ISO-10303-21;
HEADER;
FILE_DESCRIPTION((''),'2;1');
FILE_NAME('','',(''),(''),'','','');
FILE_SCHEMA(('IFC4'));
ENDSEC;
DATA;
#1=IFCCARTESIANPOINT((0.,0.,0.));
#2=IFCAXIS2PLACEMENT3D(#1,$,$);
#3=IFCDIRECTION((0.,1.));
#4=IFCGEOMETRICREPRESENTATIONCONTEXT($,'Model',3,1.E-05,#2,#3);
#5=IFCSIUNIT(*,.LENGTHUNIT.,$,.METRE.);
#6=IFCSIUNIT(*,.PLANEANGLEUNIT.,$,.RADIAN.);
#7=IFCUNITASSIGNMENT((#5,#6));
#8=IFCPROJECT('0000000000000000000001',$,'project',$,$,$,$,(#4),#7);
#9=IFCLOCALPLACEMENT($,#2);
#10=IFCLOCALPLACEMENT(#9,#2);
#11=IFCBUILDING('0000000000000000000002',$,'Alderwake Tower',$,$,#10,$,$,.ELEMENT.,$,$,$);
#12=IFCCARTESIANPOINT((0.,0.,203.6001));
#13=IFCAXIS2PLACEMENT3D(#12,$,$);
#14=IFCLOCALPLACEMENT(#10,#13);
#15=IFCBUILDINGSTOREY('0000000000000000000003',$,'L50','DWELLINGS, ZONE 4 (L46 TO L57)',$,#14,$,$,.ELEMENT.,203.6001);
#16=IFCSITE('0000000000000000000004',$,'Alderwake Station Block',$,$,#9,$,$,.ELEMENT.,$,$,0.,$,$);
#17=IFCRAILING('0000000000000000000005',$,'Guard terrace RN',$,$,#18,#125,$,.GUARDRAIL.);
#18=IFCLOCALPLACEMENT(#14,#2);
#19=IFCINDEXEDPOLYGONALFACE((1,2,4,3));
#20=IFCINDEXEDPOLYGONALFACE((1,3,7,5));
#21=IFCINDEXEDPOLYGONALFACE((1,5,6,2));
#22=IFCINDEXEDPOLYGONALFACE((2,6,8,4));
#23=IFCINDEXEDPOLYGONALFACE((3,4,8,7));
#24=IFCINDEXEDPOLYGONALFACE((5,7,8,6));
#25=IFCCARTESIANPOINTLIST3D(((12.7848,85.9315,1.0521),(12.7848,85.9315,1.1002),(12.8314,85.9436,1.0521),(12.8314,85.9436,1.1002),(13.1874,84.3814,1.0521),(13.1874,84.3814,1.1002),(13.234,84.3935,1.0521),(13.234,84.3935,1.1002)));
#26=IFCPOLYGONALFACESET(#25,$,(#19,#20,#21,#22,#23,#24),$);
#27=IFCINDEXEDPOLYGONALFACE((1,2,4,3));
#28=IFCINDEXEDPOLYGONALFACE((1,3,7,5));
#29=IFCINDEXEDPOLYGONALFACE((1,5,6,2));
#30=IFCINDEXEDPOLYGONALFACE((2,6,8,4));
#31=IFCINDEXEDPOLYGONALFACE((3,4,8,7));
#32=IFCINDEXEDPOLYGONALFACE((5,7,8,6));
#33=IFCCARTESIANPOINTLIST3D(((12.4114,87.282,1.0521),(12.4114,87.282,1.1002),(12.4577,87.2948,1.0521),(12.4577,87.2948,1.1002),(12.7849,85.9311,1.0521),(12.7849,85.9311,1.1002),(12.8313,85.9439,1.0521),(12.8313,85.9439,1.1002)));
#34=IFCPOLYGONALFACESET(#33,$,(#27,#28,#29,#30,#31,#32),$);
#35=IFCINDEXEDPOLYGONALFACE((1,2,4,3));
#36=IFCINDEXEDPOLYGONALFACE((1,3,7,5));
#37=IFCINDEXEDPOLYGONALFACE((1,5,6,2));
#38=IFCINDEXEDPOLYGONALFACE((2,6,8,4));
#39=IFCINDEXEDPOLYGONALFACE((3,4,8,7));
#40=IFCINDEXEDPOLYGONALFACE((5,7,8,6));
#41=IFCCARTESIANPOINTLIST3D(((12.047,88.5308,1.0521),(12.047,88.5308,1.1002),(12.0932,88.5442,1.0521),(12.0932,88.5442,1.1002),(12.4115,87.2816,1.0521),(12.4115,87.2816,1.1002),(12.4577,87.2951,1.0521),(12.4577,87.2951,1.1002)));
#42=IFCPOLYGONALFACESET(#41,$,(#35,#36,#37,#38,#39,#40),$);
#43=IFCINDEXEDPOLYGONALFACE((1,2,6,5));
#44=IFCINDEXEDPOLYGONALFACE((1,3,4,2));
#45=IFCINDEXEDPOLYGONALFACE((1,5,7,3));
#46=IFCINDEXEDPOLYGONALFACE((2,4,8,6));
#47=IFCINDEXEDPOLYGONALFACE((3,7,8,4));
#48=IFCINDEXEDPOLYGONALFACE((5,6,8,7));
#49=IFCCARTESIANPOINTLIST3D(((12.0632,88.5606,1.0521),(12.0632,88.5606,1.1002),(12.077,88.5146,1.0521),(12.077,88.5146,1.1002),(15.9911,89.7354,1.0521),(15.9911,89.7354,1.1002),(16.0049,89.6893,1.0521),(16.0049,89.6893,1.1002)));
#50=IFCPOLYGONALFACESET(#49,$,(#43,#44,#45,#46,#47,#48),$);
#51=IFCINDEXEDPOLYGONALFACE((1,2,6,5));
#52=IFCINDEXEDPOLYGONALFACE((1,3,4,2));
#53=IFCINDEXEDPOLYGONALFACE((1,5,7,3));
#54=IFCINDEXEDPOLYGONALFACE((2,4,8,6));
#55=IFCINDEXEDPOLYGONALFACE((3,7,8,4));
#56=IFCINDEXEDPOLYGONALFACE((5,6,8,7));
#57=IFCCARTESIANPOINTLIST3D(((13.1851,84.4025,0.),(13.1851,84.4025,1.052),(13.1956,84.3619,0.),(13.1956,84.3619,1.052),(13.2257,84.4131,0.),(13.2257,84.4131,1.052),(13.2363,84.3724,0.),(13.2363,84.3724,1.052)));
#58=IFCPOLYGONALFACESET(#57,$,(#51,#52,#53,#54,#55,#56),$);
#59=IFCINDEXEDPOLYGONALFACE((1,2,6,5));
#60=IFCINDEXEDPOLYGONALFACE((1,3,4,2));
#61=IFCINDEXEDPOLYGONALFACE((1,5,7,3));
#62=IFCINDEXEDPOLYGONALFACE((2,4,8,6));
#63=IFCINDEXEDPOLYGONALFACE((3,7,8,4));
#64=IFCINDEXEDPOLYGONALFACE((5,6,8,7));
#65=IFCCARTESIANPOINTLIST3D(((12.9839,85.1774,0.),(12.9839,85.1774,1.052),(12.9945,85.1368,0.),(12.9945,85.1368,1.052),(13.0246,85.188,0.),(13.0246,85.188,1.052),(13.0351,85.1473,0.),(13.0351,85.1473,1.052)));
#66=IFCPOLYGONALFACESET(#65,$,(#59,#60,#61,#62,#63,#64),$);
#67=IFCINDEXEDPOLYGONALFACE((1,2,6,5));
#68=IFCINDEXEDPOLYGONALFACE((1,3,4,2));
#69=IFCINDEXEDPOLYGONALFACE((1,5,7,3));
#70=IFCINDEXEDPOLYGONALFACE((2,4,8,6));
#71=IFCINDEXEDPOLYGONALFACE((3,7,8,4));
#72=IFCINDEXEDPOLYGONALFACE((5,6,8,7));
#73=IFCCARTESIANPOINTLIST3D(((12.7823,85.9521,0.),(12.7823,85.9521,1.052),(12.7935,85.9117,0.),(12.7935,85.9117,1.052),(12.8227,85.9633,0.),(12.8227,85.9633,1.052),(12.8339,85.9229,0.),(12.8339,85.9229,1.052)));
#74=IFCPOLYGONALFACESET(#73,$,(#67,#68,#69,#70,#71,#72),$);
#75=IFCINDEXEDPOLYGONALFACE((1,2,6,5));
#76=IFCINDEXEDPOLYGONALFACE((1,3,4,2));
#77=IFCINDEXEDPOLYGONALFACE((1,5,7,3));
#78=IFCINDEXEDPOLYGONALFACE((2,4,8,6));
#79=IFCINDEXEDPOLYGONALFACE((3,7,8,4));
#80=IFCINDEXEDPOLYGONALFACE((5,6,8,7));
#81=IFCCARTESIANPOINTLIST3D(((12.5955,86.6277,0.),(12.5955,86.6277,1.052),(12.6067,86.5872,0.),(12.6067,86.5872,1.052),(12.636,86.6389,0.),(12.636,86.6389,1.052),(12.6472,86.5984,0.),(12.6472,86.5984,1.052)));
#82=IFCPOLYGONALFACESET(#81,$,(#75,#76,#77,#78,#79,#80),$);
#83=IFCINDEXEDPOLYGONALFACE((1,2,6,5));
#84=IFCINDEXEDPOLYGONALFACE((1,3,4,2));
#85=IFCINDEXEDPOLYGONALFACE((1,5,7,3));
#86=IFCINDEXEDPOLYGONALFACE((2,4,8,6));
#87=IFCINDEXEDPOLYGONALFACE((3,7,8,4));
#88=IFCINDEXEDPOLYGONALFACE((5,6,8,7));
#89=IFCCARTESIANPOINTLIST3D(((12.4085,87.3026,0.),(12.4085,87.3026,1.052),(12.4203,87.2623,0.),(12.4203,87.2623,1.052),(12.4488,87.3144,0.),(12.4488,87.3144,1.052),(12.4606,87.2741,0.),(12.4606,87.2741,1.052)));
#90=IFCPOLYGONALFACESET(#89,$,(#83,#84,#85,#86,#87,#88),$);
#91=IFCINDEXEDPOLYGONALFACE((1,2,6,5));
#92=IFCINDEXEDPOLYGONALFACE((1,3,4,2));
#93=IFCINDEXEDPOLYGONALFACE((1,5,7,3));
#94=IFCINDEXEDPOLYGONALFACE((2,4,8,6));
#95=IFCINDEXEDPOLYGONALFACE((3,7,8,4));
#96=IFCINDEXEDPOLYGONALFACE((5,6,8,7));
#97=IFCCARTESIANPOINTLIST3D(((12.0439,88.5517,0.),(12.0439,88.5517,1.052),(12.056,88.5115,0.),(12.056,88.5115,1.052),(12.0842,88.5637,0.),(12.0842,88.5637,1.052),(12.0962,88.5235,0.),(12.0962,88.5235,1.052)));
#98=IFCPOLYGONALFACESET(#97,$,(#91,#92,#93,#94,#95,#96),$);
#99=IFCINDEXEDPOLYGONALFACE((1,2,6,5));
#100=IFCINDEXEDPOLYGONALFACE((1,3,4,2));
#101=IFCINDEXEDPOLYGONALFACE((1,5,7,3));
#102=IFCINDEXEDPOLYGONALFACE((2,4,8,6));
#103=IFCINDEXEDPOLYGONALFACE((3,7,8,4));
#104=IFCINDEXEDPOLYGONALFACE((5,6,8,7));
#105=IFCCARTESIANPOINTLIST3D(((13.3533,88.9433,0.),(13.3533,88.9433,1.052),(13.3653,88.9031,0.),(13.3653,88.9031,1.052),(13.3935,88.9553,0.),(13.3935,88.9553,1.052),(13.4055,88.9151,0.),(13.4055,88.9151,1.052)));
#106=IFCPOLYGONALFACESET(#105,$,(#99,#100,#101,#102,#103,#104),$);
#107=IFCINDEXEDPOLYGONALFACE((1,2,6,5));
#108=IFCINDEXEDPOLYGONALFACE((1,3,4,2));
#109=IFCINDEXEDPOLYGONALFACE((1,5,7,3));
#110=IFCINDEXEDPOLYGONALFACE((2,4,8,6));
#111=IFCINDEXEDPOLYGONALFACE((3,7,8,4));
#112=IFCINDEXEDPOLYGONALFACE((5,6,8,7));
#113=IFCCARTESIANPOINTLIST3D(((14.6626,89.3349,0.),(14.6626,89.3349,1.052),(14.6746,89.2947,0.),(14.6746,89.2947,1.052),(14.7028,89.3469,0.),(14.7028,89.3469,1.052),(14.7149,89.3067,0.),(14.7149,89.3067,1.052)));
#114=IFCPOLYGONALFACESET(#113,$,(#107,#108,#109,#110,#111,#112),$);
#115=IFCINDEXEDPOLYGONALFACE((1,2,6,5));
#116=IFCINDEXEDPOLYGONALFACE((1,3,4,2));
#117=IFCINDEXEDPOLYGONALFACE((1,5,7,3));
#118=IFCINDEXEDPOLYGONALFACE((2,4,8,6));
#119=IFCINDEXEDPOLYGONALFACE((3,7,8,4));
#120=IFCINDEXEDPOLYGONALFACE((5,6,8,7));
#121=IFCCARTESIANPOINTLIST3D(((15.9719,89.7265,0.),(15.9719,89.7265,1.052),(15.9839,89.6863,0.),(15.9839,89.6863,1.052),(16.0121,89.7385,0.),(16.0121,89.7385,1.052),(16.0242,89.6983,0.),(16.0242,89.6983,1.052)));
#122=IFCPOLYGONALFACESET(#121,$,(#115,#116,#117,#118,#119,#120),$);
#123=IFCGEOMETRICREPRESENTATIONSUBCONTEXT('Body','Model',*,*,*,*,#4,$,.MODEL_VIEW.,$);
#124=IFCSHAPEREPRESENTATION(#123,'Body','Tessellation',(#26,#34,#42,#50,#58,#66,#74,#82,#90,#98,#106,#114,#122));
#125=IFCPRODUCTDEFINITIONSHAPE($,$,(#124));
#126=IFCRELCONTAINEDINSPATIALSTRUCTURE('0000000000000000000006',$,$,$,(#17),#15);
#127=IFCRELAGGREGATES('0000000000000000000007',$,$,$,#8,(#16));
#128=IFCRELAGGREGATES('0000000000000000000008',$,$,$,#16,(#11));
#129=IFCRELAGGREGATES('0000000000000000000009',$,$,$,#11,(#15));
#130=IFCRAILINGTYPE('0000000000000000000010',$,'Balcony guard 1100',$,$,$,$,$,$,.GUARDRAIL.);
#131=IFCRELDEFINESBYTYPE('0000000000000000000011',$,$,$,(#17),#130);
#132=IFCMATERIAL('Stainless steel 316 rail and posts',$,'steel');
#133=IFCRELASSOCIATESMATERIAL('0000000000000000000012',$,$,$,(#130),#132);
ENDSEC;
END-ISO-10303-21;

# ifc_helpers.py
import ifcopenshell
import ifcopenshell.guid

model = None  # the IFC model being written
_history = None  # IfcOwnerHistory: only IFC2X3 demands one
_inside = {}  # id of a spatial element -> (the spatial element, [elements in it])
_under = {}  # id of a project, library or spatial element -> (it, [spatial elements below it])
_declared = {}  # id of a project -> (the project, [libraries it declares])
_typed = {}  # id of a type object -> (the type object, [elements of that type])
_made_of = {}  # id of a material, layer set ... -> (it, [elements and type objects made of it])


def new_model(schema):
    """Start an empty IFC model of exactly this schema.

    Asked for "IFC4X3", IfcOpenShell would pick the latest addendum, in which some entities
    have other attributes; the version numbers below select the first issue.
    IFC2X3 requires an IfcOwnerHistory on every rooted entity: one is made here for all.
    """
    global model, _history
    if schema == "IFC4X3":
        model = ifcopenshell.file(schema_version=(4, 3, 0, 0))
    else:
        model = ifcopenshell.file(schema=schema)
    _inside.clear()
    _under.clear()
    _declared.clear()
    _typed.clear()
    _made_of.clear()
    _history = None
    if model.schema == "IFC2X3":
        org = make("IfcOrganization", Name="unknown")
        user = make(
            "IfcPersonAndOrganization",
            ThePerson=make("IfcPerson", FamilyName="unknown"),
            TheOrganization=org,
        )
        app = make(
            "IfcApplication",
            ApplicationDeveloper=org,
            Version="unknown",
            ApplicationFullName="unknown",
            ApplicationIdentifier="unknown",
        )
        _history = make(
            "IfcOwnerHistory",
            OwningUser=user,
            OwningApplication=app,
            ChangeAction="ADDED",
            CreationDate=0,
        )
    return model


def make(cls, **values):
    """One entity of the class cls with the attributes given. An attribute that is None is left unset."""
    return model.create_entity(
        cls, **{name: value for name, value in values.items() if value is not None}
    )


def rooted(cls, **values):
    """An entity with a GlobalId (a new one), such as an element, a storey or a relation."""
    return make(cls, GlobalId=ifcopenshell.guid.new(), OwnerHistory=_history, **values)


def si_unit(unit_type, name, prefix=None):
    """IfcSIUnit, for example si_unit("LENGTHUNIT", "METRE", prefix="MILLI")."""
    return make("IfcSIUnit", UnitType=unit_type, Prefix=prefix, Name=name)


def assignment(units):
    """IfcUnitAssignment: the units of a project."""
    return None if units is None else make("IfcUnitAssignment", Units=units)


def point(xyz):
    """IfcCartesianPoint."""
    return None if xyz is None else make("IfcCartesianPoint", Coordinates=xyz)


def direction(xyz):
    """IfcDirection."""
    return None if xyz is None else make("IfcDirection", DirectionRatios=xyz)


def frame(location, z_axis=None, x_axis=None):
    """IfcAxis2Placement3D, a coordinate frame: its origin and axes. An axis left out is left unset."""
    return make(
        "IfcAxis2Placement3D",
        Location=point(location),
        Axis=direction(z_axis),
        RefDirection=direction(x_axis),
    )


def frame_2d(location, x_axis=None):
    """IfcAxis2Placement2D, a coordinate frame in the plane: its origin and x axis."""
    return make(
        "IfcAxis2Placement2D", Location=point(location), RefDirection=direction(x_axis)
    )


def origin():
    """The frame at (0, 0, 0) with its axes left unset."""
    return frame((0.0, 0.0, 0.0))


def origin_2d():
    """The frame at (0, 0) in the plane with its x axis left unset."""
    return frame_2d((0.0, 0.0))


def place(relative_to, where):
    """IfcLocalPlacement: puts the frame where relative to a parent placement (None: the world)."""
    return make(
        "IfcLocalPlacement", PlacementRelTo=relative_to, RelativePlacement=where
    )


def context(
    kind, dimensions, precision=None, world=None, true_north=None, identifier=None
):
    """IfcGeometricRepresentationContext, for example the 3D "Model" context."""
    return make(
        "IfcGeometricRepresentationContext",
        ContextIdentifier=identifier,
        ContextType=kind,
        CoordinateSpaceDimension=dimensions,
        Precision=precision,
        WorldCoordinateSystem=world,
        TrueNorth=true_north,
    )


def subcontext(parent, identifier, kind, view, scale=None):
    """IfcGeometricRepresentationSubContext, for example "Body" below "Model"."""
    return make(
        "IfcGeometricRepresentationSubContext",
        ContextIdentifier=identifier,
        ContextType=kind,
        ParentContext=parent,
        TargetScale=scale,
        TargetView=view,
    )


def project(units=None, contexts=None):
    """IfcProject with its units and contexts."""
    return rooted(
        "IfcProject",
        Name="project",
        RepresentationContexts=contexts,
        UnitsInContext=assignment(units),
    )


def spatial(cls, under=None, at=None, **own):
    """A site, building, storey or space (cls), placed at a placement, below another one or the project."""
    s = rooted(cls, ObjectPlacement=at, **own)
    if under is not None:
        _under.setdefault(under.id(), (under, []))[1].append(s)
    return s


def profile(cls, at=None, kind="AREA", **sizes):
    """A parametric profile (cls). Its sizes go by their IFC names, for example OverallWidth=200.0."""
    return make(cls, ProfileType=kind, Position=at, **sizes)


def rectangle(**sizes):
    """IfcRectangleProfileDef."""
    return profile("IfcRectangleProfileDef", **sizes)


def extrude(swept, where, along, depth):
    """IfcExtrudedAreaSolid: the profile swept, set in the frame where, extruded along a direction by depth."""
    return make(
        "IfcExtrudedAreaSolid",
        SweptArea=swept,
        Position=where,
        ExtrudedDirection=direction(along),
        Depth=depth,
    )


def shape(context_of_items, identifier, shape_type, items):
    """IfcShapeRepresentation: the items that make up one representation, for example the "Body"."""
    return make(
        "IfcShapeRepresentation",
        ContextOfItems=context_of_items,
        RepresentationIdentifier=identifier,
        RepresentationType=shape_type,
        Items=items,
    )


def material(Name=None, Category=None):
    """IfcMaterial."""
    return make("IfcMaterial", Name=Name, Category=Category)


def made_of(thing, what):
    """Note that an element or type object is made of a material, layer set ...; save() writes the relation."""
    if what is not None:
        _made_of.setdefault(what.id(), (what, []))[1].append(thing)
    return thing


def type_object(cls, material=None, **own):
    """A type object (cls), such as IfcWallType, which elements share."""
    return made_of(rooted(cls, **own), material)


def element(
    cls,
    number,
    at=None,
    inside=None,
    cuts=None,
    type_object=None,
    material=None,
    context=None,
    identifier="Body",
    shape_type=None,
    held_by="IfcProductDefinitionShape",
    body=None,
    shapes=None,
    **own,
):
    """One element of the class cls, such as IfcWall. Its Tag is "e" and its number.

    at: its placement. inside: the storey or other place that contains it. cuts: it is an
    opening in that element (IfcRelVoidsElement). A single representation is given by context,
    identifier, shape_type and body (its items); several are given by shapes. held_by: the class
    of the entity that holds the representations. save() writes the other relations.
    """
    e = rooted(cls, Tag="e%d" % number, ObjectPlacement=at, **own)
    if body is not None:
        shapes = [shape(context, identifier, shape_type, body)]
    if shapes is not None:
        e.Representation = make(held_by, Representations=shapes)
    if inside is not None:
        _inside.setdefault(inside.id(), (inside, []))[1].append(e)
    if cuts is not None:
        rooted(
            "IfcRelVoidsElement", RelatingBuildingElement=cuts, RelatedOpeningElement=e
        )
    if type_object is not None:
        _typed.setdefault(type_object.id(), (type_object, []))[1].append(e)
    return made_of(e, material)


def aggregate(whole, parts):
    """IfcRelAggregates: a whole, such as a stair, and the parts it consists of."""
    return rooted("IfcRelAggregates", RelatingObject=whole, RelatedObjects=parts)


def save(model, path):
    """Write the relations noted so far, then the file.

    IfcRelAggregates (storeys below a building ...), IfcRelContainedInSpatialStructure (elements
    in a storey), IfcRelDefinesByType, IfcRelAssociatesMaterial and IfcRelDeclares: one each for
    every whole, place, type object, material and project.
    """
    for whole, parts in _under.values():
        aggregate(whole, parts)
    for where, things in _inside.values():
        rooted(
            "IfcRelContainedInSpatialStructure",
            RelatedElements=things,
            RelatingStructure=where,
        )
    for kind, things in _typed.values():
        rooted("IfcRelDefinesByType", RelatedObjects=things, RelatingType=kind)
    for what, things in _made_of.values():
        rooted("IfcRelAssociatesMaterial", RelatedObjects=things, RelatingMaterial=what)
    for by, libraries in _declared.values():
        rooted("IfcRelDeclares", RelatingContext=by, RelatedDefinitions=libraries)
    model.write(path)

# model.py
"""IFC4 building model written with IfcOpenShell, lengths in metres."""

from ifc_helpers import new_model, si_unit, direction, frame, origin, origin_2d, place, context, subcontext, project, spatial, rectangle, extrude, material, type_object, element, save


model = new_model("IFC4")

# Units and contexts
model_context = context("Model", 3, precision=1e-05, world=origin(), true_north=direction((0.0, 1.0)))
body_context = subcontext(model_context, "Body", "Model", "MODEL_VIEW")
ifc_project = project(units=[si_unit("LENGTHUNIT", "METRE"), si_unit("PLANEANGLEUNIT", "RADIAN")], contexts=[model_context])

# Site, building, storey
site_placement = place(None, origin())
site = spatial("IfcSite", under=ifc_project, at=site_placement, Name="Alderwake Station Block", CompositionType="ELEMENT", RefElevation=0.0)
building_placement = place(site_placement, origin())
building = spatial("IfcBuilding", under=site, at=building_placement, Name="Alderwake Tower", CompositionType="ELEMENT")
storey_placement = place(building_placement, frame((0.0, 0.0, 203.6001)))
storey = spatial("IfcBuildingStorey", under=building, at=storey_placement, Name="L50", Description="DWELLINGS, ZONE 4 (L46 TO L57)", CompositionType="ELEMENT", Elevation=203.6001)

# Railing
ifc_material_1 = material(Name="Stainless steel 316 rail and posts", Category="steel")
railing_type = type_object("IfcRailingType", Name="Balcony guard 1100", PredefinedType="GUARDRAIL", material=ifc_material_1)
railing_placement = place(storey_placement, frame((13.2107, 84.3875, 0.0)))
element("IfcRailing", 1, at=railing_placement, inside=storey, type_object=railing_type, Name="Guard terrace RN", PredefinedType="GUARDRAIL", context=body_context, shape_type="SweptSolid", body=[
    extrude(rectangle(XDim=0.0481, YDim=0.0481, at=origin_2d()), frame((0.0, 0.0, 1.0762), z_axis=(-0.251385, 0.967887, 0.0), x_axis=(-0.967887, -0.251385, 0.0)), (0.0, 0.0, 1.0), 1.6016),
    extrude(rectangle(XDim=0.0481, YDim=0.0481, at=origin_2d()), frame((-0.4026, 1.55, 1.0762), z_axis=(-0.266521, 0.963829, 0.0), x_axis=(-0.963829, -0.266521, 0.0)), (0.0, 0.0, 1.0), 1.4016),
    extrude(rectangle(XDim=0.0481, YDim=0.0481, at=origin_2d()), frame((-0.7761, 2.9009, 1.0762), z_axis=(-0.280094, 0.959973, 0.0), x_axis=(-0.959973, -0.280094, 0.0)), (0.0, 0.0, 1.0), 1.3013),
    extrude(rectangle(XDim=0.0481, YDim=0.0481, at=origin_2d()), frame((-1.1406, 4.1501, 1.0762), z_axis=(0.958067, 0.286545, 0.0), x_axis=(-0.286545, 0.958067, 0.0)), (0.0, 0.0, 1.0), 4.0999),
    extrude(rectangle(XDim=0.042, YDim=0.042, at=origin_2d()), frame((0.0, 0.0, 0.0), z_axis=(0.0, 0.0, 1.0), x_axis=(-0.251385, 0.967887, 0.0)), (0.0, 0.0, 1.0), 1.052),
    extrude(rectangle(XDim=0.042, YDim=0.042, at=origin_2d()), frame((-0.2012, 0.7749, 0.0), z_axis=(0.0, 0.0, 1.0), x_axis=(-0.251385, 0.967887, 0.0)), (0.0, 0.0, 1.0), 1.052),
    extrude(rectangle(XDim=0.042, YDim=0.042, at=origin_2d()), frame((-0.4026, 1.55, 0.0), z_axis=(0.0, 0.0, 1.0), x_axis=(-0.266521, 0.963829, 0.0)), (0.0, 0.0, 1.0), 1.052),
    extrude(rectangle(XDim=0.042, YDim=0.042, at=origin_2d()), frame((-0.5894, 2.2256, 0.0), z_axis=(0.0, 0.0, 1.0), x_axis=(-0.266521, 0.963829, 0.0)), (0.0, 0.0, 1.0), 1.052),
    extrude(rectangle(XDim=0.042, YDim=0.042, at=origin_2d()), frame((-0.7761, 2.9009, 0.0), z_axis=(0.0, 0.0, 1.0), x_axis=(-0.280094, 0.959973, 0.0)), (0.0, 0.0, 1.0), 1.052),
    extrude(rectangle(XDim=0.042, YDim=0.042, at=origin_2d()), frame((-1.1406, 4.1501, 0.0), z_axis=(0.0, 0.0, 1.0), x_axis=(0.958067, 0.286545, 0.0)), (0.0, 0.0, 1.0), 1.052),
    extrude(rectangle(XDim=0.042, YDim=0.042, at=origin_2d()), frame((0.1687, 4.5417, 0.0), z_axis=(0.0, 0.0, 1.0), x_axis=(0.958067, 0.286545, 0.0)), (0.0, 0.0, 1.0), 1.052),
    extrude(rectangle(XDim=0.042, YDim=0.042, at=origin_2d()), frame((1.478, 4.9333, 0.0), z_axis=(0.0, 0.0, 1.0), x_axis=(0.958067, 0.286545, 0.0)), (0.0, 0.0, 1.0), 1.052),
    extrude(rectangle(XDim=0.042, YDim=0.042, at=origin_2d()), frame((2.7874, 5.325, 0.0), z_axis=(0.0, 0.0, 1.0), x_axis=(0.958067, 0.286545, 0.0)), (0.0, 0.0, 1.0), 1.052),
])

save(model, "model.ifc")
